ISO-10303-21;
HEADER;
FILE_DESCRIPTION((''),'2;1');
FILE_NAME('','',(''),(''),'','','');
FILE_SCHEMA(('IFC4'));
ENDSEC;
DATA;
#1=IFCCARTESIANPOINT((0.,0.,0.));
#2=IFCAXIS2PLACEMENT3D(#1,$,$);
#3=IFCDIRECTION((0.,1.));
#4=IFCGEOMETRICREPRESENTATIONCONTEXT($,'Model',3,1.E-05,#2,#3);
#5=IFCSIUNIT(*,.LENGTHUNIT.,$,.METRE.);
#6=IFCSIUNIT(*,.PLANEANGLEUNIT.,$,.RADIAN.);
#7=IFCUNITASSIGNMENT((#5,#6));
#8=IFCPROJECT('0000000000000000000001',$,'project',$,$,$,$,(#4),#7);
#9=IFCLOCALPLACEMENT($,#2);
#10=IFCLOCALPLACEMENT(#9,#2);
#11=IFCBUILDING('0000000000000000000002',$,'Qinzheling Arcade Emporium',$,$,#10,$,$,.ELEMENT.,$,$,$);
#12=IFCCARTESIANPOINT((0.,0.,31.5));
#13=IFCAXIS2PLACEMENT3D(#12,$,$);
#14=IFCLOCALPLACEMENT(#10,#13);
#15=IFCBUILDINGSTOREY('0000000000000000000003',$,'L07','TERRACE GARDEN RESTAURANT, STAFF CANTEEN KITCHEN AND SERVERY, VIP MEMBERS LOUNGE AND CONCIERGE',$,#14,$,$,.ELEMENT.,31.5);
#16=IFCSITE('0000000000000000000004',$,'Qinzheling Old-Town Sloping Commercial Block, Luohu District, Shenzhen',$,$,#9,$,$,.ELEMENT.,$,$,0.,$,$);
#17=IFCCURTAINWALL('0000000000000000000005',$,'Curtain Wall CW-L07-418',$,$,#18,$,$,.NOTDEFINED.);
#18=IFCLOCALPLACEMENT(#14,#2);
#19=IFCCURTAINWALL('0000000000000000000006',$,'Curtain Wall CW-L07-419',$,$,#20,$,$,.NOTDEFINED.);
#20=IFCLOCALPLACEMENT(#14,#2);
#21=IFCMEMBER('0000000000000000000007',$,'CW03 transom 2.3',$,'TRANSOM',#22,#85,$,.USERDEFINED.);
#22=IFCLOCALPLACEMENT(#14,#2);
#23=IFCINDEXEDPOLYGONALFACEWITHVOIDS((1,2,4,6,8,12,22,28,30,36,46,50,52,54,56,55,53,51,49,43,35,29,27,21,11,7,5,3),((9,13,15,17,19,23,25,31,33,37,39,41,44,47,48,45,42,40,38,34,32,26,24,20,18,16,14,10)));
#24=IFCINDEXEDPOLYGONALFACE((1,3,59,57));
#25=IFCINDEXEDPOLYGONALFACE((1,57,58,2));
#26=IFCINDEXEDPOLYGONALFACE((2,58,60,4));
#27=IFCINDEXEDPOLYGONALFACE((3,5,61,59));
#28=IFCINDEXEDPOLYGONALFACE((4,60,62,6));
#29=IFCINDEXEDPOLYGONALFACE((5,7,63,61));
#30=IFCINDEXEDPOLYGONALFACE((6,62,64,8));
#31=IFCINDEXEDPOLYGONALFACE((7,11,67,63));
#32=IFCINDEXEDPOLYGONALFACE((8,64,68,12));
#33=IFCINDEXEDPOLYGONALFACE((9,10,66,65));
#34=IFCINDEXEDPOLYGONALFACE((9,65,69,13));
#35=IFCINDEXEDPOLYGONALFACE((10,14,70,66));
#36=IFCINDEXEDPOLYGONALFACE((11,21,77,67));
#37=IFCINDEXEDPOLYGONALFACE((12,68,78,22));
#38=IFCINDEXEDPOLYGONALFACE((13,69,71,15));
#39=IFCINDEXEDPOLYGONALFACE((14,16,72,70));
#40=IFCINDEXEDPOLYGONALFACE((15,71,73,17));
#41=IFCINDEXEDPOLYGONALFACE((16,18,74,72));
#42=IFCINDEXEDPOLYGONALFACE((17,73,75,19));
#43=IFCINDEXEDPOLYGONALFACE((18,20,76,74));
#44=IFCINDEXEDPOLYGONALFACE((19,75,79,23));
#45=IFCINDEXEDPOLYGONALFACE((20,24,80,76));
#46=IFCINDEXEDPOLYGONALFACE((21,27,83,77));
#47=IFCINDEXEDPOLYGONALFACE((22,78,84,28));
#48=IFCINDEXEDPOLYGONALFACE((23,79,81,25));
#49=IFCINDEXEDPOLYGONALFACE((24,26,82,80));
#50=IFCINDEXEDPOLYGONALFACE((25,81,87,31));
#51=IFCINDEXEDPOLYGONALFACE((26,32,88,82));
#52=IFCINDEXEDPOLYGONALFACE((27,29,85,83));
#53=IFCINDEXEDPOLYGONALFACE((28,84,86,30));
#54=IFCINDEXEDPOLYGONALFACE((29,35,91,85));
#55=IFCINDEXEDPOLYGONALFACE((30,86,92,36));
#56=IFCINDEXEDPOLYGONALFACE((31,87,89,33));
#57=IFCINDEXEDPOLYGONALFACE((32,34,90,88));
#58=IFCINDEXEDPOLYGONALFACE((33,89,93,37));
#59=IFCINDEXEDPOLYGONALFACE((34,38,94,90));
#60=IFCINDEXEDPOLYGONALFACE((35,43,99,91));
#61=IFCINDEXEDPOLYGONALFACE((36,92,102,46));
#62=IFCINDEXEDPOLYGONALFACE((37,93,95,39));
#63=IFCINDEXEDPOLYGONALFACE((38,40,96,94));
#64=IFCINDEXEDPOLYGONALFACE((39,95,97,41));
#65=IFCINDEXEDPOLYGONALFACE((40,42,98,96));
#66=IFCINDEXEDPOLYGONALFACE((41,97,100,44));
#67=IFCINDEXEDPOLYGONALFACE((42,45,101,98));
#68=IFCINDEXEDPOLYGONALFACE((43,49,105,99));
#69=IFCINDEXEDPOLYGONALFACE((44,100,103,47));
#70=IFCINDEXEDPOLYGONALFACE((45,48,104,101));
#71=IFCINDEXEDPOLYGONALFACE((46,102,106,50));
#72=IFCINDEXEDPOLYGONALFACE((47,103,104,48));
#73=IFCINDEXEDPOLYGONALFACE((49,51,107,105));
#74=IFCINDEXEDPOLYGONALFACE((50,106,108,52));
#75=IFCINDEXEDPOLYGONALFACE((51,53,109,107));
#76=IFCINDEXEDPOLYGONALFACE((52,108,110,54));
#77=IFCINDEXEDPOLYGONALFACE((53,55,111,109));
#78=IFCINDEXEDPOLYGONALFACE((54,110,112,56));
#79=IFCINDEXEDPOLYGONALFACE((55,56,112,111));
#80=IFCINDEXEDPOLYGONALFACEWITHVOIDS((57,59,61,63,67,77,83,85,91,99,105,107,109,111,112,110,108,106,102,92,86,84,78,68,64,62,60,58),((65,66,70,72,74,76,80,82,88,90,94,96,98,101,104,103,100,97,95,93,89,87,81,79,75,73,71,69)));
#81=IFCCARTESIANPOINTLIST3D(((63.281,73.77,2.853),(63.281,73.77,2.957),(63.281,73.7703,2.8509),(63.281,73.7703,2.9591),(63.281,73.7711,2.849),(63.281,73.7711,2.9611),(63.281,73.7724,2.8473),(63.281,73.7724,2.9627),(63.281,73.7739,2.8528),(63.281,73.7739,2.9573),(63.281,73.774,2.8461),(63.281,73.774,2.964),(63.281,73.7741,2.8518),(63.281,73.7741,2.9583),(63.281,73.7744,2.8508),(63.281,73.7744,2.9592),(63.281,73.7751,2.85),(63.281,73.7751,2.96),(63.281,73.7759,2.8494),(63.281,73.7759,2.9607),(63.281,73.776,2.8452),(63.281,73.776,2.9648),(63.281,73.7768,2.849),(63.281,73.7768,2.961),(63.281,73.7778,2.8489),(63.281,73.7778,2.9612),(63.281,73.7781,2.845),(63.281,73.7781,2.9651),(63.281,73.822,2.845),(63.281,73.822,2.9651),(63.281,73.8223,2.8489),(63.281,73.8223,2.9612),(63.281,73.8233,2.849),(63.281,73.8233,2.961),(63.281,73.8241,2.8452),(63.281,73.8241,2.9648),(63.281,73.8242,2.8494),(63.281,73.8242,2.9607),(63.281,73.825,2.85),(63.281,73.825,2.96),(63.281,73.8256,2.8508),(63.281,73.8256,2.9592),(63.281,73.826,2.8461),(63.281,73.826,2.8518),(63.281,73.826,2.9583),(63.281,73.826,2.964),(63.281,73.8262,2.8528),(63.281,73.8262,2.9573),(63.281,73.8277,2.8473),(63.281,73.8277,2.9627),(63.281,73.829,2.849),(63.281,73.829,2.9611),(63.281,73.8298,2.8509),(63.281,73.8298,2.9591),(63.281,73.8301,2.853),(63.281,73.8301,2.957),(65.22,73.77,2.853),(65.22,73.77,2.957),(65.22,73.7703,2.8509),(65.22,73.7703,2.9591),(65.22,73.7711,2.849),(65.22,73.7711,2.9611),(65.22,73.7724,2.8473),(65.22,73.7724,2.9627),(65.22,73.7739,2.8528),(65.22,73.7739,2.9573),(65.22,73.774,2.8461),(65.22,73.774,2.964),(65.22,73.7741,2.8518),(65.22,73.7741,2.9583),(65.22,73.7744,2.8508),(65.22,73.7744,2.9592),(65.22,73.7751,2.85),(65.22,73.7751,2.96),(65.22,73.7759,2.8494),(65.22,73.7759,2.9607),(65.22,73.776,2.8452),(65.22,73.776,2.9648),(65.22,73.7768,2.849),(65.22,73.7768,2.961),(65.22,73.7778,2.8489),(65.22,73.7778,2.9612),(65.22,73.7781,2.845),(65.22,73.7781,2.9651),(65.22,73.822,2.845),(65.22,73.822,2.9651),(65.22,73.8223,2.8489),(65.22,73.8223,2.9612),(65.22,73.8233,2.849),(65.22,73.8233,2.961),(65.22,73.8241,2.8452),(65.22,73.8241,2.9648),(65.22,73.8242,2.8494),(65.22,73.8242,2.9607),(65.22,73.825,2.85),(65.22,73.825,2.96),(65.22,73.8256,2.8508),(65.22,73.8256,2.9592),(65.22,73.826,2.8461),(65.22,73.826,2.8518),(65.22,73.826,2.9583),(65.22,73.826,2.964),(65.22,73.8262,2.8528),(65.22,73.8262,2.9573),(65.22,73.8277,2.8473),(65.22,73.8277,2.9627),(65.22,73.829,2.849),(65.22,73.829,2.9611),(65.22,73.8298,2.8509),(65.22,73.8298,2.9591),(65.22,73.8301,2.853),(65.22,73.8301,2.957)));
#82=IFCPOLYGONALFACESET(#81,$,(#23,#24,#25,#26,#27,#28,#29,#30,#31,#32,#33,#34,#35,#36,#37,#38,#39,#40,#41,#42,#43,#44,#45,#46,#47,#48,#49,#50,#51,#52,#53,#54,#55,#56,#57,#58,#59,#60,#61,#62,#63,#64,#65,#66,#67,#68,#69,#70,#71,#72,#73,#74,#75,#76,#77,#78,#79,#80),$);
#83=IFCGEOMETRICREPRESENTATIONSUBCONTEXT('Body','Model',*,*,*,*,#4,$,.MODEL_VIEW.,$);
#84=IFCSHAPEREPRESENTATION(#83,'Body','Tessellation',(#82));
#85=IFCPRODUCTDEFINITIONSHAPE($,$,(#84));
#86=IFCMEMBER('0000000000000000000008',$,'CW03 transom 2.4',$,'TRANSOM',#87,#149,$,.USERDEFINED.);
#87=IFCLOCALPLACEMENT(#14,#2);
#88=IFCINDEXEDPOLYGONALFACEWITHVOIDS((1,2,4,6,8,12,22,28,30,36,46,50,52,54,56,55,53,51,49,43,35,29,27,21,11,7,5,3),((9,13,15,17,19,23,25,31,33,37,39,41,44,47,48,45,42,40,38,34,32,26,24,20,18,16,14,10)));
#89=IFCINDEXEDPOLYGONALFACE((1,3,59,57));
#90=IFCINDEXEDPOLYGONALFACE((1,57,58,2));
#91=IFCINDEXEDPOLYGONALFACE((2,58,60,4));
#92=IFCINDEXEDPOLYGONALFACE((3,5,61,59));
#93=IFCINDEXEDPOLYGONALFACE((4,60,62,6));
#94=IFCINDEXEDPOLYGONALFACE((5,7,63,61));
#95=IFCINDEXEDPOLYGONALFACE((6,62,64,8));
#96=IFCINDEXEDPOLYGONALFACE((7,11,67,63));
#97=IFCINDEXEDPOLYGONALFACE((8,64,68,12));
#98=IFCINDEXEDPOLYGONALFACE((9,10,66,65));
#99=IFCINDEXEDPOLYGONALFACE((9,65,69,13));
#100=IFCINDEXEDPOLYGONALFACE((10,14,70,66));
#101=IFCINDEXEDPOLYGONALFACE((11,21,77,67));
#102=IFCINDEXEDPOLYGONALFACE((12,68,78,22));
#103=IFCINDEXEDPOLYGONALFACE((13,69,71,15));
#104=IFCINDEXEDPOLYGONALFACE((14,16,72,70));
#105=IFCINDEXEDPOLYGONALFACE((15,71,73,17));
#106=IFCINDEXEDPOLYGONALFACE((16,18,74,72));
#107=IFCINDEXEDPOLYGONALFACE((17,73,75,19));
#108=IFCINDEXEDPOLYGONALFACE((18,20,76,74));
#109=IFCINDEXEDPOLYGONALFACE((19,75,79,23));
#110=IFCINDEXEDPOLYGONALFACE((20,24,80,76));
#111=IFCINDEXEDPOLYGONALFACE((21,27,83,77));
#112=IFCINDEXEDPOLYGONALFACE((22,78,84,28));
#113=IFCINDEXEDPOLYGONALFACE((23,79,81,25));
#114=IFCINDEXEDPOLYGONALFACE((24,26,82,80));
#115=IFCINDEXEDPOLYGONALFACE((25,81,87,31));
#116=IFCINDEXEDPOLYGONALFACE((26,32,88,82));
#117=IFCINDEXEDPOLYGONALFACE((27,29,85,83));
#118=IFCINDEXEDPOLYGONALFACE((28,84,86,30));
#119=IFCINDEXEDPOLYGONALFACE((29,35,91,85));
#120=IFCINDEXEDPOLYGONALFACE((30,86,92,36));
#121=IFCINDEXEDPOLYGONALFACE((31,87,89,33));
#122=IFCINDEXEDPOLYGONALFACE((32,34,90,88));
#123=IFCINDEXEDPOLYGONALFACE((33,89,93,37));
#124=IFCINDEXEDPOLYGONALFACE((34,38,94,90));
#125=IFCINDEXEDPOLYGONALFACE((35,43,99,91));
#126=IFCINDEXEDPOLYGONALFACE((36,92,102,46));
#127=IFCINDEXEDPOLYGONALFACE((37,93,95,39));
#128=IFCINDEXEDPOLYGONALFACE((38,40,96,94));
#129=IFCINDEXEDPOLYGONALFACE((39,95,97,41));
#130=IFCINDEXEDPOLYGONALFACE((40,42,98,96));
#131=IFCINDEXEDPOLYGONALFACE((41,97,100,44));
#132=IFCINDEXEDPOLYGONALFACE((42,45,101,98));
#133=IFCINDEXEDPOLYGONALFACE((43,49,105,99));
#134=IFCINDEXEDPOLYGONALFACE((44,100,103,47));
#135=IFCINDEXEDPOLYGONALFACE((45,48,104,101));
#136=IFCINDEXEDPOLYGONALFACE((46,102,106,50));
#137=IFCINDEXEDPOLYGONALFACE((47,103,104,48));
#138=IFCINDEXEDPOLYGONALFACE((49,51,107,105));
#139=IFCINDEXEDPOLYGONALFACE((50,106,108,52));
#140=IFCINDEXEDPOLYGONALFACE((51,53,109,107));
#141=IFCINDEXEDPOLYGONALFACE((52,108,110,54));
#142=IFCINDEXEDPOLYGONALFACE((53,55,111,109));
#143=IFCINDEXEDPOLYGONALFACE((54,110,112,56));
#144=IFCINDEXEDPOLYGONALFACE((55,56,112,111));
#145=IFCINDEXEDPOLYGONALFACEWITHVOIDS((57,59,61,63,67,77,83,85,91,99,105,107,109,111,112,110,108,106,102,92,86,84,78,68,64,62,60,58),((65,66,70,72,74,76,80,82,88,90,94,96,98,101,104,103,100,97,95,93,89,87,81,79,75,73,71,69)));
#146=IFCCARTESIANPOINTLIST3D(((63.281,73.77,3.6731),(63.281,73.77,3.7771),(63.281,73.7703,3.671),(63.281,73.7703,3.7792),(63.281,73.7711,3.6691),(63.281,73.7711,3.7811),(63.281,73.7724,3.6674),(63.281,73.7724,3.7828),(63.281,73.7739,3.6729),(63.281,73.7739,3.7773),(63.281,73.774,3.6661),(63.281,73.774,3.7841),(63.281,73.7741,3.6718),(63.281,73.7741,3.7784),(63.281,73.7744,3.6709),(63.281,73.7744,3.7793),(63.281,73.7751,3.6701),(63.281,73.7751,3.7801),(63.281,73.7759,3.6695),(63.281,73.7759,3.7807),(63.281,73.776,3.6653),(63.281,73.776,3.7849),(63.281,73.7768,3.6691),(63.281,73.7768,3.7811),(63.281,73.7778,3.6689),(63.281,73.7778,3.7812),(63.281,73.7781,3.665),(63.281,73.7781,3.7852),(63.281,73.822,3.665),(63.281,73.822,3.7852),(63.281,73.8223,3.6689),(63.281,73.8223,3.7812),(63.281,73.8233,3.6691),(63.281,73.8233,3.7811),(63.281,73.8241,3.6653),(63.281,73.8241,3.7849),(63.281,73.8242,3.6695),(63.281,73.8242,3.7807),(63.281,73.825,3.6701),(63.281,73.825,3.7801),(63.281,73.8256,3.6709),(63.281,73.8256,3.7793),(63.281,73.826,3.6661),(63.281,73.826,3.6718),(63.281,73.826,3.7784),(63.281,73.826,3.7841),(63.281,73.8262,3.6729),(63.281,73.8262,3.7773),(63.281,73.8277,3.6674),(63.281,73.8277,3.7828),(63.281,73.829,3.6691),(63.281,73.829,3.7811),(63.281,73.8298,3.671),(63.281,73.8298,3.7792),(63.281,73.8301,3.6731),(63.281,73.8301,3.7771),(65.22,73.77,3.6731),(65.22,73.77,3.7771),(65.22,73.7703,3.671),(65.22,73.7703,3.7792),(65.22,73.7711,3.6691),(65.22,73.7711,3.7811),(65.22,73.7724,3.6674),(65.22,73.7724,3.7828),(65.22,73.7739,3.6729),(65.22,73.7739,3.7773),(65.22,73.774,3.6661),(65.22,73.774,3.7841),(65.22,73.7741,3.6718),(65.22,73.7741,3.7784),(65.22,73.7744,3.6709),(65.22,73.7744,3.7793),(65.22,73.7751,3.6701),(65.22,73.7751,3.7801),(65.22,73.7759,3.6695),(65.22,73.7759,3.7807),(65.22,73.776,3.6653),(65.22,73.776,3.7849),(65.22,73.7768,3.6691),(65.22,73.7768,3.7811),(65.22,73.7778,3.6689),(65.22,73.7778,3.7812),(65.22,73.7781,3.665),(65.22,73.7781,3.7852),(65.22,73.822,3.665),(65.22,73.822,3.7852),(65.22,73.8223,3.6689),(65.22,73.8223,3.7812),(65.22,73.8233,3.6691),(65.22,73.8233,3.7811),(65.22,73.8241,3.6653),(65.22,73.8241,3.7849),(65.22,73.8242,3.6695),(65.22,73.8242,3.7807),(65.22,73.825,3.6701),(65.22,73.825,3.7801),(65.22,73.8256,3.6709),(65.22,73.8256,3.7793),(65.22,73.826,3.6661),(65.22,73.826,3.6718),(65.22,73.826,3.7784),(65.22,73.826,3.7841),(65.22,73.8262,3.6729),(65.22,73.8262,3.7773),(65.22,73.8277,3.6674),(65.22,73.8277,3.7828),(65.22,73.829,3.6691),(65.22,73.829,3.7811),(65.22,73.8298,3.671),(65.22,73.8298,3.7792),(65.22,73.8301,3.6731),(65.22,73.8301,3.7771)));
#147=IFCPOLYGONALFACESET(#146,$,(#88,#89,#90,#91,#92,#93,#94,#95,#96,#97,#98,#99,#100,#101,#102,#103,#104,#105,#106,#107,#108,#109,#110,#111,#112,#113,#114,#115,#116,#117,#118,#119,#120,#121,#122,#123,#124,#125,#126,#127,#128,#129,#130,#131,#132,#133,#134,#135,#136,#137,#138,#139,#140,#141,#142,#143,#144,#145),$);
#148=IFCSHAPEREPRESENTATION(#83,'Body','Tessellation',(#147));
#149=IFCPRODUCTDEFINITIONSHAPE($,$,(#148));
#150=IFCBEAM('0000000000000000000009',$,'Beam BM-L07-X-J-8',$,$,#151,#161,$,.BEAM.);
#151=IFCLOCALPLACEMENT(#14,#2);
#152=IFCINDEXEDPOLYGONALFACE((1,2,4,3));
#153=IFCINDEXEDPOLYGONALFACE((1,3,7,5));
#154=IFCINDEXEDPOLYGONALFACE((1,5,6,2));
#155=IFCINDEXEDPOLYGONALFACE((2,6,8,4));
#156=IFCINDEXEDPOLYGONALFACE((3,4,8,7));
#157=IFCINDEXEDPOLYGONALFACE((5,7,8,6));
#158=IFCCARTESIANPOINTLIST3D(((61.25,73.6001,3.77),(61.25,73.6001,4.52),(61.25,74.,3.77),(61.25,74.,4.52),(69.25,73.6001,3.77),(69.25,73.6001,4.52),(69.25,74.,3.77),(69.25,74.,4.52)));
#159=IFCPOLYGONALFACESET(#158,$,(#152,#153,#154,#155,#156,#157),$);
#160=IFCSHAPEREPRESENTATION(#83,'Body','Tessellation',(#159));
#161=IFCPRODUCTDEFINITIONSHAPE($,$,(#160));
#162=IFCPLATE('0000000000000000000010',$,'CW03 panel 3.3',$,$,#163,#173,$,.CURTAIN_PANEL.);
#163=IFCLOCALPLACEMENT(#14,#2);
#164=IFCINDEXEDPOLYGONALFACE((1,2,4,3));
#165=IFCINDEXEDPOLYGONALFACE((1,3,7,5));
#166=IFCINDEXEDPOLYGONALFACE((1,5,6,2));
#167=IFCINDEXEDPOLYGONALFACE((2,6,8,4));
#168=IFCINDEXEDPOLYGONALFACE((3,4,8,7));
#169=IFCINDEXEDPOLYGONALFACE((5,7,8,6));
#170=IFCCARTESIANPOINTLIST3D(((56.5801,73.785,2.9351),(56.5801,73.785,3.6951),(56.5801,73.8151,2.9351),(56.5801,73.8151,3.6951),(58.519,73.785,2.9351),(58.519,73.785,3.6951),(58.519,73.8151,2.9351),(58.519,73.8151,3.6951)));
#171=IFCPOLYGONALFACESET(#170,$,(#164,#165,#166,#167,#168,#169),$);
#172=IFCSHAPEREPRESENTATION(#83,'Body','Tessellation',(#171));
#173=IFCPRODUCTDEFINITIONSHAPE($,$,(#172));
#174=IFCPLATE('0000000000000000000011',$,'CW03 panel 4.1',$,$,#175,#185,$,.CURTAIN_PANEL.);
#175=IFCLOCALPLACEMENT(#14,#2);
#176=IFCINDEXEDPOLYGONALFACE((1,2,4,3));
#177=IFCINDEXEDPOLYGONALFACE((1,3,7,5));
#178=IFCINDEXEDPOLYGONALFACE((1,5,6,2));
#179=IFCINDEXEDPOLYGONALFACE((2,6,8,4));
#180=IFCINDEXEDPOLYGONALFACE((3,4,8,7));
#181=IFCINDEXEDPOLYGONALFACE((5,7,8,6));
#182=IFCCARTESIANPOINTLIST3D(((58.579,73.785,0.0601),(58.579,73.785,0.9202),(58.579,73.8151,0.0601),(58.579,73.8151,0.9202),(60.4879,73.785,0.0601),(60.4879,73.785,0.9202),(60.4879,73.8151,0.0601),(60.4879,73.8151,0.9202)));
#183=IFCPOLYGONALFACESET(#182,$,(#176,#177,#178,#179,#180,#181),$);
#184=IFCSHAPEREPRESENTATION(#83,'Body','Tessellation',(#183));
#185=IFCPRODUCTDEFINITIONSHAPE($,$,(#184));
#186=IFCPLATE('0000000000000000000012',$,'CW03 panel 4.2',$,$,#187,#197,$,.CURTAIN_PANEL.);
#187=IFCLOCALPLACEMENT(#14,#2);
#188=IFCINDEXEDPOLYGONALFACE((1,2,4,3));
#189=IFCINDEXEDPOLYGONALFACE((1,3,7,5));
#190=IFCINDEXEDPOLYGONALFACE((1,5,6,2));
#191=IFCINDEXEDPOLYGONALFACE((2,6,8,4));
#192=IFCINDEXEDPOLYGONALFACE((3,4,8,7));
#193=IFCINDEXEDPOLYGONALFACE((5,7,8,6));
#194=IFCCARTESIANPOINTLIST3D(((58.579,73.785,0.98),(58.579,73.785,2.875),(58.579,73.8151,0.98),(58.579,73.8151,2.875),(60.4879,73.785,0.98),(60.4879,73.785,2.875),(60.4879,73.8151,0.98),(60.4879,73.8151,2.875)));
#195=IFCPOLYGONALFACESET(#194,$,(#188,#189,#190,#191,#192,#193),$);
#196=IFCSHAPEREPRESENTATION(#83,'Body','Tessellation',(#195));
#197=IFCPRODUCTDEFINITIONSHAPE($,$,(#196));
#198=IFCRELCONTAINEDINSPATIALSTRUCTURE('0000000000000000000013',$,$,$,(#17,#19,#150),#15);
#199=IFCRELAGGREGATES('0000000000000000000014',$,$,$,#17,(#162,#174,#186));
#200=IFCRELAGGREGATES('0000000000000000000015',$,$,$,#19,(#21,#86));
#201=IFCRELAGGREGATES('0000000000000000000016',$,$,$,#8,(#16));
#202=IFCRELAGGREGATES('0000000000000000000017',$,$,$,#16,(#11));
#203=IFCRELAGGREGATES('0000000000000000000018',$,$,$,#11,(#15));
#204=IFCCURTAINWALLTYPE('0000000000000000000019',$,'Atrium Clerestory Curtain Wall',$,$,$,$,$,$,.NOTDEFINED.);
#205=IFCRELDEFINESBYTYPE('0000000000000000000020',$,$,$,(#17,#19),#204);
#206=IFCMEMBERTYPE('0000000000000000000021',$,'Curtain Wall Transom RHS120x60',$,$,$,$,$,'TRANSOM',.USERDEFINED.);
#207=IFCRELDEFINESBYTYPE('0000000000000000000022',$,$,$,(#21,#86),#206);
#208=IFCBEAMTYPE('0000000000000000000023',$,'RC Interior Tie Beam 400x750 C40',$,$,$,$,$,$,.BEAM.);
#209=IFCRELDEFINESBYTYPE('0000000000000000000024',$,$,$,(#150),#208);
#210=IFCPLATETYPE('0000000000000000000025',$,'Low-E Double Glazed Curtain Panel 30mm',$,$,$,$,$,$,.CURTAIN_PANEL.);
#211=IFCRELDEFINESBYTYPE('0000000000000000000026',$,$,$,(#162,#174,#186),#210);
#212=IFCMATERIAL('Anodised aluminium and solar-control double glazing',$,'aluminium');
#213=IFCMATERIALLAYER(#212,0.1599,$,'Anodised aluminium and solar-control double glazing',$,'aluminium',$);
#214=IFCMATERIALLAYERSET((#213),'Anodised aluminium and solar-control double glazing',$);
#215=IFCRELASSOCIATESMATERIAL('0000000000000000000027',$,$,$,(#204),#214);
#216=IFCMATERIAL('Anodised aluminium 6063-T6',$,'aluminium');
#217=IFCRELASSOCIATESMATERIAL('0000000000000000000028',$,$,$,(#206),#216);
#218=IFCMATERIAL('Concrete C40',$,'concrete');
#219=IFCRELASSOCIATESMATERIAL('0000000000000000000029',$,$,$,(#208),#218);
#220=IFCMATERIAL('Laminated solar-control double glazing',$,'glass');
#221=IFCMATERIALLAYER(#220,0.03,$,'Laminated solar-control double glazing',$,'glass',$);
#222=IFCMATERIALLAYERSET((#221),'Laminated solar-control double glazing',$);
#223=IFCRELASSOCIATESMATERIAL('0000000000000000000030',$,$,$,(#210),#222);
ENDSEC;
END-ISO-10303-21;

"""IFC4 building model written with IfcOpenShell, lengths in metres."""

from ifc_helpers import new_model, si_unit, direction, frame, origin, origin_2d, place, context, subcontext, project, spatial, rectangle, hollow_rectangle, extrude, material, layer, layer_set, material_profile, profile_set, type_object, element, aggregate, save


model = new_model("IFC4")

# Units and contexts
model_context = context("Model", 3, precision=1e-05, world=origin(), true_north=direction((0.0, 1.0)))
body_context = subcontext(model_context, "Body", "Model", "MODEL_VIEW")
ifc_project = project(units=[si_unit("LENGTHUNIT", "METRE"), si_unit("PLANEANGLEUNIT", "RADIAN")], contexts=[model_context])

# Site, building, storey
site_placement = place(None, origin())
site = spatial("IfcSite", under=ifc_project, at=site_placement, Name="Qinzheling Old-Town Sloping Commercial Block, Luohu District, Shenzhen", CompositionType="ELEMENT", RefElevation=0.0)
building_placement = place(site_placement, origin())
building = spatial("IfcBuilding", under=site, at=building_placement, Name="Qinzheling Arcade Emporium", CompositionType="ELEMENT")
storey_placement = place(building_placement, frame((0.0, 0.0, 31.5)))
storey = spatial("IfcBuildingStorey", under=building, at=storey_placement, Name="L07", Description="TERRACE GARDEN RESTAURANT, STAFF CANTEEN KITCHEN AND SERVERY, VIP MEMBERS LOUNGE AND CONCIERGE", CompositionType="ELEMENT", Elevation=31.5)

# Shared definitions
ifc_material_1 = material(Name="Concrete C40", Category="concrete")

# Curtain walls
ifc_material_2 = material(Name="Anodised aluminium and solar-control double glazing", Category="aluminium")
ifc_layer_1 = layer(ifc_material_2, 0.1599, Name="Anodised aluminium and solar-control double glazing", Category="aluminium")
ifc_layer_set_1 = layer_set([ifc_layer_1], Name="Anodised aluminium and solar-control double glazing")
curtain_wall_type = type_object("IfcCurtainWallType", Name="Atrium Clerestory Curtain Wall", PredefinedType="NOTDEFINED", material=ifc_layer_set_1)
curtain_wall_1_placement = place(storey_placement, origin())
curtain_wall_1 = element("IfcCurtainWall", 1, at=curtain_wall_1_placement, inside=storey, type_object=curtain_wall_type, Name="Curtain Wall CW-L07-418", PredefinedType="NOTDEFINED")
ifc_material_3 = material(Name="Anodised aluminium 6063-T6", Category="aluminium")
curtain_wall_2_placement = place(storey_placement, origin())
curtain_wall_2 = element("IfcCurtainWall", 2, at=curtain_wall_2_placement, inside=storey, type_object=curtain_wall_type, Name="Curtain Wall CW-L07-419", PredefinedType="NOTDEFINED")

# Members
ifc_material_profile_1 = material_profile(ifc_material_3, hollow_rectangle(XDim=0.0601, YDim=0.1201, WallThickness=0.0039, InnerFilletRadius=0.0039, OuterFilletRadius=0.0081, at=origin_2d()), Name="RHS 120x60x4", Category="aluminium")
ifc_profile_set_1 = profile_set([ifc_material_profile_1], Name="Anodised aluminium 6063-T6")
member_type_1 = type_object("IfcMemberType", Name="Curtain Wall Transom RHS120x60", ElementType="TRANSOM", PredefinedType="USERDEFINED", material=ifc_profile_set_1)
member_1_placement = place(storey_placement, frame((63.281, 73.8, 2.905), z_axis=(1.0, 0.0, 0.0), x_axis=(0.0, 1.0, 0.0)))
member_1 = element("IfcMember", 3, at=member_1_placement, type_object=member_type_1, Name="CW03 transom 2.3", ObjectType="TRANSOM", PredefinedType="USERDEFINED", context=body_context, shape_type="SweptSolid", body=[
    extrude(hollow_rectangle(XDim=0.0601, YDim=0.1201, WallThickness=0.0039, InnerFilletRadius=0.0039, OuterFilletRadius=0.0081, at=origin_2d()), origin(), (0.0, 0.0, 1.0), 1.939),
])
member_2_placement = place(storey_placement, frame((63.281, 73.8, 3.7251), z_axis=(1.0, 0.0, 0.0), x_axis=(0.0, 1.0, 0.0)))
member_2 = element("IfcMember", 4, at=member_2_placement, type_object=member_type_1, Name="CW03 transom 2.4", ObjectType="TRANSOM", PredefinedType="USERDEFINED", context=body_context, shape_type="SweptSolid", body=[
    extrude(hollow_rectangle(XDim=0.0601, YDim=0.1201, WallThickness=0.0039, InnerFilletRadius=0.0039, OuterFilletRadius=0.0081, at=origin_2d()), origin(), (0.0, 0.0, 1.0), 1.939),
])

# Beam
ifc_material_profile_2 = material_profile(ifc_material_1, rectangle(XDim=0.3999, YDim=0.75, at=origin_2d()), Name="RC 400x750", Category="concrete")
ifc_profile_set_2 = profile_set([ifc_material_profile_2], Name="Concrete C40")
beam_type = type_object("IfcBeamType", Name="RC Interior Tie Beam 400x750 C40", PredefinedType="BEAM", material=ifc_profile_set_2)
beam_placement = place(storey_placement, frame((61.25, 73.8, 4.145), z_axis=(1.0, 0.0, 0.0), x_axis=(0.0, 1.0, 0.0)))
element("IfcBeam", 5, at=beam_placement, inside=storey, type_object=beam_type, Name="Beam BM-L07-X-J-8", PredefinedType="BEAM", context=body_context, shape_type="SweptSolid", body=[
    extrude(rectangle(XDim=0.3999, YDim=0.75, at=origin_2d()), origin(), (0.0, 0.0, 1.0), 8.0),
])

# Plates
ifc_material_4 = material(Name="Laminated solar-control double glazing", Category="glass")
ifc_layer_2 = layer(ifc_material_4, 0.03, Name="Laminated solar-control double glazing", Category="glass")
ifc_layer_set_2 = layer_set([ifc_layer_2], Name="Laminated solar-control double glazing")
plate_type_1 = type_object("IfcPlateType", Name="Low-E Double Glazed Curtain Panel 30mm", PredefinedType="CURTAIN_PANEL", material=ifc_layer_set_2)
plate_1_placement = place(storey_placement, frame((57.5496, 73.8, 2.9351), z_axis=(0.0, 0.0, 1.0), x_axis=(1.0, 0.0, 0.0)))
plate_1 = element("IfcPlate", 6, at=plate_1_placement, type_object=plate_type_1, Name="CW03 panel 3.3", PredefinedType="CURTAIN_PANEL", context=body_context, shape_type="SweptSolid", body=[
    extrude(rectangle(XDim=1.939, YDim=0.03, at=origin_2d()), origin(), (0.0, 0.0, 1.0), 0.76),
])
plate_2_placement = place(storey_placement, frame((59.5334, 73.8, 0.0601), z_axis=(0.0, 0.0, 1.0), x_axis=(1.0, 0.0, 0.0)))
plate_2 = element("IfcPlate", 7, at=plate_2_placement, type_object=plate_type_1, Name="CW03 panel 4.1", PredefinedType="CURTAIN_PANEL", context=body_context, shape_type="SweptSolid", body=[
    extrude(rectangle(XDim=1.9089, YDim=0.03, at=origin_2d()), origin(), (0.0, 0.0, 1.0), 0.8601),
])
plate_3_placement = place(storey_placement, frame((59.5334, 73.8, 0.98), z_axis=(0.0, 0.0, 1.0), x_axis=(1.0, 0.0, 0.0)))
plate_3 = element("IfcPlate", 8, at=plate_3_placement, type_object=plate_type_1, Name="CW03 panel 4.2", PredefinedType="CURTAIN_PANEL", context=body_context, shape_type="SweptSolid", body=[
    extrude(rectangle(XDim=1.9089, YDim=0.03, at=origin_2d()), origin(), (0.0, 0.0, 1.0), 1.895),
])
aggregate(curtain_wall_1, [plate_1, plate_2, plate_3])
aggregate(curtain_wall_2, [member_1, member_2])

save(model, "model.ifc")
